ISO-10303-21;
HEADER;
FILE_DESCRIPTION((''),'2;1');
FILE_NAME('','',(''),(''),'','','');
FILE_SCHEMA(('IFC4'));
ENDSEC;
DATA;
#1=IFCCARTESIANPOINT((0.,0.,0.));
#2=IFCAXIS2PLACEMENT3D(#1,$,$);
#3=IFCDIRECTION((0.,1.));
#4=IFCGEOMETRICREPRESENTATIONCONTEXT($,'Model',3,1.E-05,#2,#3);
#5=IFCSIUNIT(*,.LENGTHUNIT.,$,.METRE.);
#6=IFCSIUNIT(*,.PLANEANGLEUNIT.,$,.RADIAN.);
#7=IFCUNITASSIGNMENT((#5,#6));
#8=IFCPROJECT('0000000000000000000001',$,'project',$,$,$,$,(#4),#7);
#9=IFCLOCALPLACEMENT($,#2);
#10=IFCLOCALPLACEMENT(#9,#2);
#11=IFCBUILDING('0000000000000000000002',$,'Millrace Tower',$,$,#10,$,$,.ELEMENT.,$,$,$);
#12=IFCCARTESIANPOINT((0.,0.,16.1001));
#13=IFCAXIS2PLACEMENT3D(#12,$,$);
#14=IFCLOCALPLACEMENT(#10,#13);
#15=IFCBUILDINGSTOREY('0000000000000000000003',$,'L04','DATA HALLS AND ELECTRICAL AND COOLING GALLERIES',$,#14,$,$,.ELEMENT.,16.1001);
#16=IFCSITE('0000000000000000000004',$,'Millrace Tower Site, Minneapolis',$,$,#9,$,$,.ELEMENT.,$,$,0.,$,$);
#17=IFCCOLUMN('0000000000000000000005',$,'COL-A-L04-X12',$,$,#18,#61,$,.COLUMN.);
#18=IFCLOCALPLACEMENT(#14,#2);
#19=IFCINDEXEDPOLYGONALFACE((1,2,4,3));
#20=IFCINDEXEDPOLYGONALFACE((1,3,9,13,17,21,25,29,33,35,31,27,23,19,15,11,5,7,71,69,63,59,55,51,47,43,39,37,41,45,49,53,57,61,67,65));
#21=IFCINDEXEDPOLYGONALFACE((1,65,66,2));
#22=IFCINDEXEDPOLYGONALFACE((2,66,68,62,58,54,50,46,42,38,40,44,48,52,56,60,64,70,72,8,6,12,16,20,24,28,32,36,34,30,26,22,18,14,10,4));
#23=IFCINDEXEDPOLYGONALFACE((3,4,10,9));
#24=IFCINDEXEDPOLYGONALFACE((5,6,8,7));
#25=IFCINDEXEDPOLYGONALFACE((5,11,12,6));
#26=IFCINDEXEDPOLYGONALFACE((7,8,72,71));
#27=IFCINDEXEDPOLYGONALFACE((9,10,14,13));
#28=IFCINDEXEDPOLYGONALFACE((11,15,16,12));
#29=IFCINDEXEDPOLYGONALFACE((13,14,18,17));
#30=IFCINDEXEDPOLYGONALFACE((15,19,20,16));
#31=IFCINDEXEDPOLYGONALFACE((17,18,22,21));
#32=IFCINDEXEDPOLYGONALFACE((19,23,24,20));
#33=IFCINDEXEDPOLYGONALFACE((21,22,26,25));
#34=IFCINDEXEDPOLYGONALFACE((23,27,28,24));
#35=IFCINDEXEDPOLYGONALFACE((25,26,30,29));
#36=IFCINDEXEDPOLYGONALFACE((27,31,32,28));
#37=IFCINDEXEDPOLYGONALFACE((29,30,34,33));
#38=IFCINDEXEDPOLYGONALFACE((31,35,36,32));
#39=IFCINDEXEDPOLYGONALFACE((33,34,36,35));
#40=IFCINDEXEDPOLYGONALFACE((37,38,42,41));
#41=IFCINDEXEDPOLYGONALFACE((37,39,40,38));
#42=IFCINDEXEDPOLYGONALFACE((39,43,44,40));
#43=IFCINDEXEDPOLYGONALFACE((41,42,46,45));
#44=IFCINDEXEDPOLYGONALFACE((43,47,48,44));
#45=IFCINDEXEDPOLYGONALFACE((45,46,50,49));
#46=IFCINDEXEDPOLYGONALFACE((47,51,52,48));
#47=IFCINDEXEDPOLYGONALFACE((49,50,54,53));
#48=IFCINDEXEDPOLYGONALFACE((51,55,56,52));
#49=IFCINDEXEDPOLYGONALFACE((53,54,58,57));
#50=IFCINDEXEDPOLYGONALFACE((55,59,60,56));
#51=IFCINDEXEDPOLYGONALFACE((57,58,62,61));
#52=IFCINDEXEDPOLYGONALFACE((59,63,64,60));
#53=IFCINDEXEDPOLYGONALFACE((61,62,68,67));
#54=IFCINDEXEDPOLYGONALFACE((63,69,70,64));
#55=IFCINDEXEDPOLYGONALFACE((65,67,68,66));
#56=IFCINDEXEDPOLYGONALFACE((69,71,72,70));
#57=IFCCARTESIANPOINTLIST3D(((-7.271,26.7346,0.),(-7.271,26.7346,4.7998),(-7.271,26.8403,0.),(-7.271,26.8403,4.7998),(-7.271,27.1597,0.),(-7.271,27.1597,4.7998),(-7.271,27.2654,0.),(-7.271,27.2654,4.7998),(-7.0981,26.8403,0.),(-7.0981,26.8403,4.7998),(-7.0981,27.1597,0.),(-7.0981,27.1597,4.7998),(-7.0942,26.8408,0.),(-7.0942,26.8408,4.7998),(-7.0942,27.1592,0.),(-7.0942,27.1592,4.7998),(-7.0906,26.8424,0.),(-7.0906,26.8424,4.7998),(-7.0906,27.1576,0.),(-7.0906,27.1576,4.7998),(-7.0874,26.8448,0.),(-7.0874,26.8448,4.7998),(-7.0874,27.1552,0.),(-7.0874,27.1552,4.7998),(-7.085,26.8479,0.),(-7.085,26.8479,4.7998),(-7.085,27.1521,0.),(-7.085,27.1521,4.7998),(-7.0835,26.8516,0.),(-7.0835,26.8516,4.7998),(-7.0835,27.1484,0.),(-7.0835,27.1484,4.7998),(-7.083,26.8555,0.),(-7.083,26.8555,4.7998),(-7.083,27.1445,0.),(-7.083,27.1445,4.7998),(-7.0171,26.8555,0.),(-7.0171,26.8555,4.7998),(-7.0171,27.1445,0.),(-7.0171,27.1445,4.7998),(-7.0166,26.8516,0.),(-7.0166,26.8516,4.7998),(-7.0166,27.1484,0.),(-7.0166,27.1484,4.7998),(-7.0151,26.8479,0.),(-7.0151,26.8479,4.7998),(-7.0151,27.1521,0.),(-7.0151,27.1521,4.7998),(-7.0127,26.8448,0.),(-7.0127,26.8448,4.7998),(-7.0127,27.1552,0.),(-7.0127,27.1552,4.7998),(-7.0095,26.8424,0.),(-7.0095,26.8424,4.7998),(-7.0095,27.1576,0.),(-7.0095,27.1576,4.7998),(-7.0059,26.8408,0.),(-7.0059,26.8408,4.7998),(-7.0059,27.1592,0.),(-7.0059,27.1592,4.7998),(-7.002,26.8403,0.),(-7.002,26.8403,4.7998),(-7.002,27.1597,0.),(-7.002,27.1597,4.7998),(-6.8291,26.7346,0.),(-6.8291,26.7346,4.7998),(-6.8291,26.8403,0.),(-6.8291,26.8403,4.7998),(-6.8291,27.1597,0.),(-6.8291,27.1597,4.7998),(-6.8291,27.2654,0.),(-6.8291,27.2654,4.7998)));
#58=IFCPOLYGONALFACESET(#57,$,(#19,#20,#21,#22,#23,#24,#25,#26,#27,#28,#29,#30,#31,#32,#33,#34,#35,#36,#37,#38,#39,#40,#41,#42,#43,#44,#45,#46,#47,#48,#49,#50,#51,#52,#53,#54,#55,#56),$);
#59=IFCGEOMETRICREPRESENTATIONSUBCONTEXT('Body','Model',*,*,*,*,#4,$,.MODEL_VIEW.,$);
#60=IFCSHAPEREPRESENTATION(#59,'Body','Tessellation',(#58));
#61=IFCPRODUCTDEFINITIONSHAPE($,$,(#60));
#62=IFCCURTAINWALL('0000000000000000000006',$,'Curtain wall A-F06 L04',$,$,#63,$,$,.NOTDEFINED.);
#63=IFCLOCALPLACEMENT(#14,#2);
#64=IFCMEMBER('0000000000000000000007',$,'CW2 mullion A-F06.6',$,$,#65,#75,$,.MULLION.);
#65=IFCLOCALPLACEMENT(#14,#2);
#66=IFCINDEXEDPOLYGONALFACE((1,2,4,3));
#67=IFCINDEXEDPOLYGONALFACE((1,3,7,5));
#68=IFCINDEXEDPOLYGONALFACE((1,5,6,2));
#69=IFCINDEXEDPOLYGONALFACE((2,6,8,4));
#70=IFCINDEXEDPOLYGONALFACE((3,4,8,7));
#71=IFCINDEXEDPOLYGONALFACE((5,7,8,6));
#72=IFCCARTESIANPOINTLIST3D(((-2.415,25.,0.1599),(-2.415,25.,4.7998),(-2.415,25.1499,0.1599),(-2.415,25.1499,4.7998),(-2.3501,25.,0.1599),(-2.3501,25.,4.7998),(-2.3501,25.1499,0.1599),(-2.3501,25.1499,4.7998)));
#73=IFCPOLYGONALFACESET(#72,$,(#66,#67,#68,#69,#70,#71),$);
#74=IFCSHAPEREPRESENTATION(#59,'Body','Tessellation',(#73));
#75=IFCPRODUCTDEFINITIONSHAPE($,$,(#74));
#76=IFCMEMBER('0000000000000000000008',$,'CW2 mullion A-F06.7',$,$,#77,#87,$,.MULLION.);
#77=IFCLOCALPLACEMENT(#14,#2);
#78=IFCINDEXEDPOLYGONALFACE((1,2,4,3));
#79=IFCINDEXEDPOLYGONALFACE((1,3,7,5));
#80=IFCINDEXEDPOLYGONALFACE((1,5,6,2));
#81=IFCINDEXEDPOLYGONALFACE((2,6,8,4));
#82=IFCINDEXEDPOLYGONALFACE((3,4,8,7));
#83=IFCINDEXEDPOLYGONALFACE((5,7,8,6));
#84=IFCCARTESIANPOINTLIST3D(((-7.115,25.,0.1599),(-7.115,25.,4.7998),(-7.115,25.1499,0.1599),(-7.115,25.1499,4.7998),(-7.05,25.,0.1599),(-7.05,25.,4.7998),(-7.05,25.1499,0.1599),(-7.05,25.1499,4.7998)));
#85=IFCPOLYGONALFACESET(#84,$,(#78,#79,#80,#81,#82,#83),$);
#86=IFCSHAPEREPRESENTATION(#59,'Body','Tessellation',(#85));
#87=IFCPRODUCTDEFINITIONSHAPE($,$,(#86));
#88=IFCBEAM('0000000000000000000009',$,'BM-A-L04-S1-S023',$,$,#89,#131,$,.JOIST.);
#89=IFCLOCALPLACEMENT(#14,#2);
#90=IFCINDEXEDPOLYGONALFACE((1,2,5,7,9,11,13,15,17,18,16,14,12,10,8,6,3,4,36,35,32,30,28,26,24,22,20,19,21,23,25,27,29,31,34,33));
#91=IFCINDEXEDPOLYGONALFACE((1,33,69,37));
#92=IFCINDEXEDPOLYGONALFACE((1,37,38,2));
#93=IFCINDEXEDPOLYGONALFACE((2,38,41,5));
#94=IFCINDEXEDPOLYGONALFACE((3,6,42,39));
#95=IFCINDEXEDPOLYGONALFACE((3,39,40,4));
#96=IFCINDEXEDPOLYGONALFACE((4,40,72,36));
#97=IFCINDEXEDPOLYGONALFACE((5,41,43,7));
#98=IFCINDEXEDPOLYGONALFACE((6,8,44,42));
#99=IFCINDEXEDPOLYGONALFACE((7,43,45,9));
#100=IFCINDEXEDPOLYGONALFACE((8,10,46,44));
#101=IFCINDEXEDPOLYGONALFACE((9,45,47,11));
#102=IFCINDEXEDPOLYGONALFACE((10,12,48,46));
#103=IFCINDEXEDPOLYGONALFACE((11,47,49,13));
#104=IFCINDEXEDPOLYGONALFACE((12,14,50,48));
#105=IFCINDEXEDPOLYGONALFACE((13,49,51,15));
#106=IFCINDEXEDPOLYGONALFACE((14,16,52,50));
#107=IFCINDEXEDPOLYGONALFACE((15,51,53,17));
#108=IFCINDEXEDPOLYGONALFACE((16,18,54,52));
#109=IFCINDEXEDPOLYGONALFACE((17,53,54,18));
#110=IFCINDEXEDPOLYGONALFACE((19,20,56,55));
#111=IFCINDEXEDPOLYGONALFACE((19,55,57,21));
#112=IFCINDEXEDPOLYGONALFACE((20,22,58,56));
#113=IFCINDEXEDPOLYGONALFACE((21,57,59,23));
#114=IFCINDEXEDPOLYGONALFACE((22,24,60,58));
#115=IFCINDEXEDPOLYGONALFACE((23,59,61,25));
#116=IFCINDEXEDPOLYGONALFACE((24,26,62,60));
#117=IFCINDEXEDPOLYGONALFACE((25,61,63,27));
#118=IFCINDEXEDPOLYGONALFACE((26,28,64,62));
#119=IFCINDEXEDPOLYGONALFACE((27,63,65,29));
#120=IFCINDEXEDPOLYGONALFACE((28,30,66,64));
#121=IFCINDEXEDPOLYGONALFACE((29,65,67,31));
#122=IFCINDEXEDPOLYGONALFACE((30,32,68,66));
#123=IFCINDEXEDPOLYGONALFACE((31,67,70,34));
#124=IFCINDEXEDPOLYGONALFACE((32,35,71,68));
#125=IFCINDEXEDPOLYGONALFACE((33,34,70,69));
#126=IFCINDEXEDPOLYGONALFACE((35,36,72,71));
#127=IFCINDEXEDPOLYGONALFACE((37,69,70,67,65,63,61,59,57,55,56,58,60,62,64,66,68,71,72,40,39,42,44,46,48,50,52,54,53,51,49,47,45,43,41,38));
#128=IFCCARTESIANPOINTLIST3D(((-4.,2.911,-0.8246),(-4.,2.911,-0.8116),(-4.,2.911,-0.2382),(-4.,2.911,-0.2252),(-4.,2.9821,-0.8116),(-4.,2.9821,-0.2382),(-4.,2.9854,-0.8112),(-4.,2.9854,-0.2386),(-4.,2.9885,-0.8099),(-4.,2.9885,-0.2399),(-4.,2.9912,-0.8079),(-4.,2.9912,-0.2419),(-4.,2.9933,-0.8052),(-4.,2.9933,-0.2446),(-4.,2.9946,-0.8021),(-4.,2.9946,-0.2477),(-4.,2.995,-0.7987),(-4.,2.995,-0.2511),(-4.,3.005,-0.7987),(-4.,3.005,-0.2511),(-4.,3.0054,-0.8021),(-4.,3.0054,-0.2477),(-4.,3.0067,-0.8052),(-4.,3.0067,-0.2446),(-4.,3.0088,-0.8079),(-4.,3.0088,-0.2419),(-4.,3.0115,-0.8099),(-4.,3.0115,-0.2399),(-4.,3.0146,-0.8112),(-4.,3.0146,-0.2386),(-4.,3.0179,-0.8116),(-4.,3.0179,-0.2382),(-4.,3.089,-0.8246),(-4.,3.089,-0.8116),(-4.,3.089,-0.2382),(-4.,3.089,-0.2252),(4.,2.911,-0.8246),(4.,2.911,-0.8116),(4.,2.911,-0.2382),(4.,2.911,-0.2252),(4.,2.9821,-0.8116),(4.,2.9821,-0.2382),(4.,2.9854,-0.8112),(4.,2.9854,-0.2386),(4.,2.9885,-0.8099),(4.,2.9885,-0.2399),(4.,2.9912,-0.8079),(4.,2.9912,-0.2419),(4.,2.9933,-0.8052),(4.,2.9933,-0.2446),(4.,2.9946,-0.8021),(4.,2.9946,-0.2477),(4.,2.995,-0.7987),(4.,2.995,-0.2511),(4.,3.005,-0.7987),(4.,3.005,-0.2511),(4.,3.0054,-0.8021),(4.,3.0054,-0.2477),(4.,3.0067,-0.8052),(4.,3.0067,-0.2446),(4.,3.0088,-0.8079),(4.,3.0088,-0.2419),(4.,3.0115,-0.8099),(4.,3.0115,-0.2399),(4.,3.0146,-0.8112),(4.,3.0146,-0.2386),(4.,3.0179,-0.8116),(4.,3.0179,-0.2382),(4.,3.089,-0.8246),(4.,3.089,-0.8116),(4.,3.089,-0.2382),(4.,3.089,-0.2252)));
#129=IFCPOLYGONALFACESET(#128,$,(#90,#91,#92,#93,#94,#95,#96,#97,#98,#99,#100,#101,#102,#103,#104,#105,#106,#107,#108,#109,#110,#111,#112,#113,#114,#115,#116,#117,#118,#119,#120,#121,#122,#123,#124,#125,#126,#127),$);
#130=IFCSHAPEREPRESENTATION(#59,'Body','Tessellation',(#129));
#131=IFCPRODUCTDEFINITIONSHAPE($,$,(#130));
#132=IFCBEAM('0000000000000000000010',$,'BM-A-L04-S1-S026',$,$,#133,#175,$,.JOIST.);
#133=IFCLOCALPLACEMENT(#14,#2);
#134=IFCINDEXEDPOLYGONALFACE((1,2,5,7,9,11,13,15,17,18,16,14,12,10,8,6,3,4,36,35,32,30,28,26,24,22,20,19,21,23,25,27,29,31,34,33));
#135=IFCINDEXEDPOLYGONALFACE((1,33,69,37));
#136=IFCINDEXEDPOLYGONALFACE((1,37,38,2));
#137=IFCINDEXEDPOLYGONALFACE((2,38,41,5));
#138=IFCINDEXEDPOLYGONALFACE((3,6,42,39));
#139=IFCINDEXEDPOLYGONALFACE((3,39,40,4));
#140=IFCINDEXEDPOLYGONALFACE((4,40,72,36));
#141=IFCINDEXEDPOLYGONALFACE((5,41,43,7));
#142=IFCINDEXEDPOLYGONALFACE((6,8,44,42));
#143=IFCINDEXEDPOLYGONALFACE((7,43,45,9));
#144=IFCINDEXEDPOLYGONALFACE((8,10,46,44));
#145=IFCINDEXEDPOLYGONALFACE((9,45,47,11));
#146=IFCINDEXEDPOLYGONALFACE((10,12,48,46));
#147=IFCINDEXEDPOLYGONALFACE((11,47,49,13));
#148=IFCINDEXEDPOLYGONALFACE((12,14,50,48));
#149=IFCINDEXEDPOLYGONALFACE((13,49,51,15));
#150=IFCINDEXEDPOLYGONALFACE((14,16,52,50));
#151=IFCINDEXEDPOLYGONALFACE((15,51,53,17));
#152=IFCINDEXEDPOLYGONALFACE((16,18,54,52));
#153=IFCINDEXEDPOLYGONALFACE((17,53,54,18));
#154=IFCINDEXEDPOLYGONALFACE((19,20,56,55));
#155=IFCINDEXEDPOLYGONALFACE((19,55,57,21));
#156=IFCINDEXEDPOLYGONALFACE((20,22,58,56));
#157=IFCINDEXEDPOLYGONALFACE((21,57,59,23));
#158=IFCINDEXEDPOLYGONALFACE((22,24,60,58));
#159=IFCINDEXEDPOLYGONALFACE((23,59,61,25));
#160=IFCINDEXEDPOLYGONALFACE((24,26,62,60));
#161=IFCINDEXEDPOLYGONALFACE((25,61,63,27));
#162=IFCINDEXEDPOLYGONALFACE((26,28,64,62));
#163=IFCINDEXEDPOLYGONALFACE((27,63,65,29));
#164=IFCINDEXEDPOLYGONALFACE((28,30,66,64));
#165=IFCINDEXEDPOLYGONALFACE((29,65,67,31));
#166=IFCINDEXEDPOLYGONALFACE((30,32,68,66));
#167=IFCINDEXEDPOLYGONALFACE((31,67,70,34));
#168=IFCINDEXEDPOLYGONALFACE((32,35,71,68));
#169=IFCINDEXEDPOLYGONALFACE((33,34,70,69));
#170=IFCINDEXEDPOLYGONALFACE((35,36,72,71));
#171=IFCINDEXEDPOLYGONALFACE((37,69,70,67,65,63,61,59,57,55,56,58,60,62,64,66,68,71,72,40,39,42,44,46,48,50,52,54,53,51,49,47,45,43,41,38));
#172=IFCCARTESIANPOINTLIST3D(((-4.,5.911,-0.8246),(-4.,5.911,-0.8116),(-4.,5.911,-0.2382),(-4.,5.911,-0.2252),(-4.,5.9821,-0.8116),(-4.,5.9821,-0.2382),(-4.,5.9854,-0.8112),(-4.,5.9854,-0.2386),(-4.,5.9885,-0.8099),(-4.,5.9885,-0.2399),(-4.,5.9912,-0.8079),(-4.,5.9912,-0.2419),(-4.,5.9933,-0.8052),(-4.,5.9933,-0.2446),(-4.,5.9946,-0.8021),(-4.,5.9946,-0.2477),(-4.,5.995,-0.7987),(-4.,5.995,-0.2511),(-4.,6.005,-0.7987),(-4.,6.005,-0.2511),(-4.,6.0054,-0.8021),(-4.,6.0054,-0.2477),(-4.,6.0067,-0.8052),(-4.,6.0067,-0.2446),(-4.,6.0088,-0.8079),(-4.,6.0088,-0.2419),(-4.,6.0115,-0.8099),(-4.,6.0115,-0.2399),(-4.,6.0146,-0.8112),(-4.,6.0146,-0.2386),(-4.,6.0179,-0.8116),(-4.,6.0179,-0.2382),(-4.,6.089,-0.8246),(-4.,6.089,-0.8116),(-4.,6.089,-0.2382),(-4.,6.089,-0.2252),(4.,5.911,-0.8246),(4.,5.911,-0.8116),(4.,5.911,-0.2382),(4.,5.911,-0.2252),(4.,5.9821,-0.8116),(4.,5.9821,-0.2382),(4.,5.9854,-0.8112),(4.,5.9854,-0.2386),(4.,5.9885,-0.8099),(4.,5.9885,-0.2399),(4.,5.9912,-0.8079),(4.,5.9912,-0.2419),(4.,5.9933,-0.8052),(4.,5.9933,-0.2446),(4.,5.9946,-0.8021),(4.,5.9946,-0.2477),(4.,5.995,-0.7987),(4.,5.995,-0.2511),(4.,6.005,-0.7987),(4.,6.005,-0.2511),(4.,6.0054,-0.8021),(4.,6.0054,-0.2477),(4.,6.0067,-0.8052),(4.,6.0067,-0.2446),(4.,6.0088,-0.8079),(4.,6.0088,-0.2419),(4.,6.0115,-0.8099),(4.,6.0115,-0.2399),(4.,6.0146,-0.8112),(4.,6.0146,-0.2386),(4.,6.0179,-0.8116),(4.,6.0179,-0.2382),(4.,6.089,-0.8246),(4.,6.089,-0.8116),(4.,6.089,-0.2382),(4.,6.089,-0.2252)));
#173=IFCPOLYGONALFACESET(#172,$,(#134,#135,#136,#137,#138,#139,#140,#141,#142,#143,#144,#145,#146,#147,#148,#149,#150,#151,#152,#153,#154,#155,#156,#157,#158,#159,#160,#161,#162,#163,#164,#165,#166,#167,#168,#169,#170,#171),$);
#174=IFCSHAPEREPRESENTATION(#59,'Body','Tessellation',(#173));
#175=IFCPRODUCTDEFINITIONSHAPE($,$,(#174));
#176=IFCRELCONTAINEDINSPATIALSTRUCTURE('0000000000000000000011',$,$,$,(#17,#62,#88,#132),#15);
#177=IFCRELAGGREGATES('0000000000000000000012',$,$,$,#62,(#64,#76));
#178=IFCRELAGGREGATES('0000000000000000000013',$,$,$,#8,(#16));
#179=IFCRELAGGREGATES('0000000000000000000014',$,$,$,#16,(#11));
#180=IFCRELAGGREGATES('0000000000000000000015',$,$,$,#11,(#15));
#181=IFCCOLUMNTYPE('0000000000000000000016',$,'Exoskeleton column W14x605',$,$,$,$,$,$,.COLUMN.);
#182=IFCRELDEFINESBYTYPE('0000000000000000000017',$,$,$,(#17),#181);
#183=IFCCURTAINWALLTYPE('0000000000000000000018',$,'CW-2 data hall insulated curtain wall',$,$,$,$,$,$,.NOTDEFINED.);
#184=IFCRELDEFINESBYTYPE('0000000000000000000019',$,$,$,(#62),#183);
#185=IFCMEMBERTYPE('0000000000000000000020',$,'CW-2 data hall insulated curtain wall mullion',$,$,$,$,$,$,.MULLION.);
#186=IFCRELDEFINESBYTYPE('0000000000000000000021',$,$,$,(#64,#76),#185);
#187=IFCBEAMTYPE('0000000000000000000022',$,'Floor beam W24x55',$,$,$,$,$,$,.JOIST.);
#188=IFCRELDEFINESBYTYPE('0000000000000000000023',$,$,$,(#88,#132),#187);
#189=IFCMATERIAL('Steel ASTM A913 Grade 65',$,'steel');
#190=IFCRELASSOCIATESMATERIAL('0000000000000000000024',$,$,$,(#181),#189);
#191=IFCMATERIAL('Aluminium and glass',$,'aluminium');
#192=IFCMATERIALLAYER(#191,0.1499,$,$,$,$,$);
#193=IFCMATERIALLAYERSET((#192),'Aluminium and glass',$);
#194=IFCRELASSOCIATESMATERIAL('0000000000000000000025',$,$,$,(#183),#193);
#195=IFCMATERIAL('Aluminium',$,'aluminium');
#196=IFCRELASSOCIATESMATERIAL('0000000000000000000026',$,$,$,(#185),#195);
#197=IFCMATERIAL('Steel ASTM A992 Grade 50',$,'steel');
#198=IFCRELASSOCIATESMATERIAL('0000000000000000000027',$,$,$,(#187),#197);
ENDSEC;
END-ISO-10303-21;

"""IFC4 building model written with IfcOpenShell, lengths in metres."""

from ifc_helpers import new_model, si_unit, direction, frame, origin, origin_2d, place, context, subcontext, project, spatial, rectangle, i_section, extrude, material, layer, layer_set, material_profile, profile_set, type_object, element, aggregate, save


model = new_model("IFC4")

# Units and contexts
model_context = context("Model", 3, precision=1e-05, world=origin(), true_north=direction((0.0, 1.0)))
body_context = subcontext(model_context, "Body", "Model", "MODEL_VIEW")
ifc_project = project(units=[si_unit("LENGTHUNIT", "METRE"), si_unit("PLANEANGLEUNIT", "RADIAN")], contexts=[model_context])

# Site, building, storey
site_placement = place(None, origin())
site = spatial("IfcSite", under=ifc_project, at=site_placement, Name="Millrace Tower Site, Minneapolis", CompositionType="ELEMENT", RefElevation=0.0)
building_placement = place(site_placement, origin())
building = spatial("IfcBuilding", under=site, at=building_placement, Name="Millrace Tower", CompositionType="ELEMENT")
storey_placement = place(building_placement, frame((0.0, 0.0, 16.1001)))
storey = spatial("IfcBuildingStorey", under=building, at=storey_placement, Name="L04", Description="DATA HALLS AND ELECTRICAL AND COOLING GALLERIES", CompositionType="ELEMENT", Elevation=16.1001)

# Column
ifc_material_1 = material(Name="Steel ASTM A913 Grade 65", Category="steel")
ifc_material_profile_1 = material_profile(ifc_material_1, i_section(OverallWidth=0.4419, OverallDepth=0.5308, WebThickness=0.0659, FlangeThickness=0.1057, FilletRadius=0.0151, at=origin_2d()))
ifc_profile_set_1 = profile_set([ifc_material_profile_1], Name="Steel ASTM A913 Grade 65")
column_type = type_object("IfcColumnType", Name="Exoskeleton column W14x605", PredefinedType="COLUMN", material=ifc_profile_set_1)
column_placement = place(storey_placement, frame((-7.05, 27.0, 0.0), z_axis=(0.0, 0.0, 1.0), x_axis=(-1.0, 0.0, 0.0)))
element("IfcColumn", 1, at=column_placement, inside=storey, type_object=column_type, Name="COL-A-L04-X12", PredefinedType="COLUMN", context=body_context, shape_type="SweptSolid", body=[
    extrude(i_section(OverallWidth=0.4419, OverallDepth=0.5308, WebThickness=0.0659, FlangeThickness=0.1057, FilletRadius=0.0151, at=origin_2d()), origin(), (0.0, 0.0, 1.0), 4.7998),
])

# Curtain wall, members
ifc_material_2 = material(Name="Aluminium and glass", Category="aluminium")
ifc_layer_1 = layer(ifc_material_2, 0.1499)
ifc_layer_set_1 = layer_set([ifc_layer_1], Name="Aluminium and glass")
curtain_wall_type = type_object("IfcCurtainWallType", Name="CW-2 data hall insulated curtain wall", PredefinedType="NOTDEFINED", material=ifc_layer_set_1)
placement = place(storey_placement, origin())
curtain_wall = element("IfcCurtainWall", 2, at=placement, inside=storey, type_object=curtain_wall_type, Name="Curtain wall A-F06 L04", PredefinedType="NOTDEFINED")
ifc_material_3 = material(Name="Aluminium", Category="aluminium")
ifc_material_profile_2 = material_profile(ifc_material_3, rectangle(XDim=0.0649, YDim=0.1499, at=origin_2d()))
ifc_profile_set_2 = profile_set([ifc_material_profile_2], Name="Aluminium")
member_type = type_object("IfcMemberType", Name="CW-2 data hall insulated curtain wall mullion", PredefinedType="MULLION", material=ifc_profile_set_2)
member_1_placement = place(storey_placement, frame((-2.3826, 25.075, 0.1599), z_axis=(0.0, 0.0, 1.0), x_axis=(-1.0, 0.0, 0.0)))
member_1 = element("IfcMember", 3, at=member_1_placement, type_object=member_type, Name="CW2 mullion A-F06.6", PredefinedType="MULLION", context=body_context, shape_type="SweptSolid", body=[
    extrude(rectangle(XDim=0.0649, YDim=0.1499, at=origin_2d()), origin(), (0.0, 0.0, 1.0), 4.6399),
])
member_2_placement = place(storey_placement, frame((-7.0825, 25.075, 0.1599), z_axis=(0.0, 0.0, 1.0), x_axis=(-1.0, 0.0, 0.0)))
member_2 = element("IfcMember", 4, at=member_2_placement, type_object=member_type, Name="CW2 mullion A-F06.7", PredefinedType="MULLION", context=body_context, shape_type="SweptSolid", body=[
    extrude(rectangle(XDim=0.0649, YDim=0.1499, at=origin_2d()), origin(), (0.0, 0.0, 1.0), 4.6399),
])
aggregate(curtain_wall, [member_1, member_2])

# Beams
ifc_material_4 = material(Name="Steel ASTM A992 Grade 50", Category="steel")
ifc_material_profile_3 = material_profile(ifc_material_4, i_section(OverallWidth=0.178, OverallDepth=0.5994, WebThickness=0.01, FlangeThickness=0.0129, FilletRadius=0.0129, at=origin_2d()))
ifc_profile_set_3 = profile_set([ifc_material_profile_3], Name="Steel ASTM A992 Grade 50")
beam_type_1 = type_object("IfcBeamType", Name="Floor beam W24x55", PredefinedType="JOIST", material=ifc_profile_set_3)
for number, where, z_axis, x_axis, name in (
    (5, (-4.0, 3.0, -0.5249), (1.0, 0.0, 0.0), (0.0, 1.0, 0.0), "BM-A-L04-S1-S023"),
    (6, (-4.0, 6.0, -0.5249), (1.0, 0.0, 0.0), (0.0, 1.0, 0.0), "BM-A-L04-S1-S026"),
):
    element("IfcBeam", number, at=place(storey_placement, frame(where, z_axis=z_axis, x_axis=x_axis)), inside=storey, type_object=beam_type_1, Name=name, PredefinedType="JOIST", context=body_context, shape_type="SweptSolid", body=[
        extrude(i_section(OverallWidth=0.178, OverallDepth=0.5994, WebThickness=0.01, FlangeThickness=0.0129, FilletRadius=0.0129, at=origin_2d()), origin(), (0.0, 0.0, 1.0), 8.0),
    ])

save(model, "model.ifc")
